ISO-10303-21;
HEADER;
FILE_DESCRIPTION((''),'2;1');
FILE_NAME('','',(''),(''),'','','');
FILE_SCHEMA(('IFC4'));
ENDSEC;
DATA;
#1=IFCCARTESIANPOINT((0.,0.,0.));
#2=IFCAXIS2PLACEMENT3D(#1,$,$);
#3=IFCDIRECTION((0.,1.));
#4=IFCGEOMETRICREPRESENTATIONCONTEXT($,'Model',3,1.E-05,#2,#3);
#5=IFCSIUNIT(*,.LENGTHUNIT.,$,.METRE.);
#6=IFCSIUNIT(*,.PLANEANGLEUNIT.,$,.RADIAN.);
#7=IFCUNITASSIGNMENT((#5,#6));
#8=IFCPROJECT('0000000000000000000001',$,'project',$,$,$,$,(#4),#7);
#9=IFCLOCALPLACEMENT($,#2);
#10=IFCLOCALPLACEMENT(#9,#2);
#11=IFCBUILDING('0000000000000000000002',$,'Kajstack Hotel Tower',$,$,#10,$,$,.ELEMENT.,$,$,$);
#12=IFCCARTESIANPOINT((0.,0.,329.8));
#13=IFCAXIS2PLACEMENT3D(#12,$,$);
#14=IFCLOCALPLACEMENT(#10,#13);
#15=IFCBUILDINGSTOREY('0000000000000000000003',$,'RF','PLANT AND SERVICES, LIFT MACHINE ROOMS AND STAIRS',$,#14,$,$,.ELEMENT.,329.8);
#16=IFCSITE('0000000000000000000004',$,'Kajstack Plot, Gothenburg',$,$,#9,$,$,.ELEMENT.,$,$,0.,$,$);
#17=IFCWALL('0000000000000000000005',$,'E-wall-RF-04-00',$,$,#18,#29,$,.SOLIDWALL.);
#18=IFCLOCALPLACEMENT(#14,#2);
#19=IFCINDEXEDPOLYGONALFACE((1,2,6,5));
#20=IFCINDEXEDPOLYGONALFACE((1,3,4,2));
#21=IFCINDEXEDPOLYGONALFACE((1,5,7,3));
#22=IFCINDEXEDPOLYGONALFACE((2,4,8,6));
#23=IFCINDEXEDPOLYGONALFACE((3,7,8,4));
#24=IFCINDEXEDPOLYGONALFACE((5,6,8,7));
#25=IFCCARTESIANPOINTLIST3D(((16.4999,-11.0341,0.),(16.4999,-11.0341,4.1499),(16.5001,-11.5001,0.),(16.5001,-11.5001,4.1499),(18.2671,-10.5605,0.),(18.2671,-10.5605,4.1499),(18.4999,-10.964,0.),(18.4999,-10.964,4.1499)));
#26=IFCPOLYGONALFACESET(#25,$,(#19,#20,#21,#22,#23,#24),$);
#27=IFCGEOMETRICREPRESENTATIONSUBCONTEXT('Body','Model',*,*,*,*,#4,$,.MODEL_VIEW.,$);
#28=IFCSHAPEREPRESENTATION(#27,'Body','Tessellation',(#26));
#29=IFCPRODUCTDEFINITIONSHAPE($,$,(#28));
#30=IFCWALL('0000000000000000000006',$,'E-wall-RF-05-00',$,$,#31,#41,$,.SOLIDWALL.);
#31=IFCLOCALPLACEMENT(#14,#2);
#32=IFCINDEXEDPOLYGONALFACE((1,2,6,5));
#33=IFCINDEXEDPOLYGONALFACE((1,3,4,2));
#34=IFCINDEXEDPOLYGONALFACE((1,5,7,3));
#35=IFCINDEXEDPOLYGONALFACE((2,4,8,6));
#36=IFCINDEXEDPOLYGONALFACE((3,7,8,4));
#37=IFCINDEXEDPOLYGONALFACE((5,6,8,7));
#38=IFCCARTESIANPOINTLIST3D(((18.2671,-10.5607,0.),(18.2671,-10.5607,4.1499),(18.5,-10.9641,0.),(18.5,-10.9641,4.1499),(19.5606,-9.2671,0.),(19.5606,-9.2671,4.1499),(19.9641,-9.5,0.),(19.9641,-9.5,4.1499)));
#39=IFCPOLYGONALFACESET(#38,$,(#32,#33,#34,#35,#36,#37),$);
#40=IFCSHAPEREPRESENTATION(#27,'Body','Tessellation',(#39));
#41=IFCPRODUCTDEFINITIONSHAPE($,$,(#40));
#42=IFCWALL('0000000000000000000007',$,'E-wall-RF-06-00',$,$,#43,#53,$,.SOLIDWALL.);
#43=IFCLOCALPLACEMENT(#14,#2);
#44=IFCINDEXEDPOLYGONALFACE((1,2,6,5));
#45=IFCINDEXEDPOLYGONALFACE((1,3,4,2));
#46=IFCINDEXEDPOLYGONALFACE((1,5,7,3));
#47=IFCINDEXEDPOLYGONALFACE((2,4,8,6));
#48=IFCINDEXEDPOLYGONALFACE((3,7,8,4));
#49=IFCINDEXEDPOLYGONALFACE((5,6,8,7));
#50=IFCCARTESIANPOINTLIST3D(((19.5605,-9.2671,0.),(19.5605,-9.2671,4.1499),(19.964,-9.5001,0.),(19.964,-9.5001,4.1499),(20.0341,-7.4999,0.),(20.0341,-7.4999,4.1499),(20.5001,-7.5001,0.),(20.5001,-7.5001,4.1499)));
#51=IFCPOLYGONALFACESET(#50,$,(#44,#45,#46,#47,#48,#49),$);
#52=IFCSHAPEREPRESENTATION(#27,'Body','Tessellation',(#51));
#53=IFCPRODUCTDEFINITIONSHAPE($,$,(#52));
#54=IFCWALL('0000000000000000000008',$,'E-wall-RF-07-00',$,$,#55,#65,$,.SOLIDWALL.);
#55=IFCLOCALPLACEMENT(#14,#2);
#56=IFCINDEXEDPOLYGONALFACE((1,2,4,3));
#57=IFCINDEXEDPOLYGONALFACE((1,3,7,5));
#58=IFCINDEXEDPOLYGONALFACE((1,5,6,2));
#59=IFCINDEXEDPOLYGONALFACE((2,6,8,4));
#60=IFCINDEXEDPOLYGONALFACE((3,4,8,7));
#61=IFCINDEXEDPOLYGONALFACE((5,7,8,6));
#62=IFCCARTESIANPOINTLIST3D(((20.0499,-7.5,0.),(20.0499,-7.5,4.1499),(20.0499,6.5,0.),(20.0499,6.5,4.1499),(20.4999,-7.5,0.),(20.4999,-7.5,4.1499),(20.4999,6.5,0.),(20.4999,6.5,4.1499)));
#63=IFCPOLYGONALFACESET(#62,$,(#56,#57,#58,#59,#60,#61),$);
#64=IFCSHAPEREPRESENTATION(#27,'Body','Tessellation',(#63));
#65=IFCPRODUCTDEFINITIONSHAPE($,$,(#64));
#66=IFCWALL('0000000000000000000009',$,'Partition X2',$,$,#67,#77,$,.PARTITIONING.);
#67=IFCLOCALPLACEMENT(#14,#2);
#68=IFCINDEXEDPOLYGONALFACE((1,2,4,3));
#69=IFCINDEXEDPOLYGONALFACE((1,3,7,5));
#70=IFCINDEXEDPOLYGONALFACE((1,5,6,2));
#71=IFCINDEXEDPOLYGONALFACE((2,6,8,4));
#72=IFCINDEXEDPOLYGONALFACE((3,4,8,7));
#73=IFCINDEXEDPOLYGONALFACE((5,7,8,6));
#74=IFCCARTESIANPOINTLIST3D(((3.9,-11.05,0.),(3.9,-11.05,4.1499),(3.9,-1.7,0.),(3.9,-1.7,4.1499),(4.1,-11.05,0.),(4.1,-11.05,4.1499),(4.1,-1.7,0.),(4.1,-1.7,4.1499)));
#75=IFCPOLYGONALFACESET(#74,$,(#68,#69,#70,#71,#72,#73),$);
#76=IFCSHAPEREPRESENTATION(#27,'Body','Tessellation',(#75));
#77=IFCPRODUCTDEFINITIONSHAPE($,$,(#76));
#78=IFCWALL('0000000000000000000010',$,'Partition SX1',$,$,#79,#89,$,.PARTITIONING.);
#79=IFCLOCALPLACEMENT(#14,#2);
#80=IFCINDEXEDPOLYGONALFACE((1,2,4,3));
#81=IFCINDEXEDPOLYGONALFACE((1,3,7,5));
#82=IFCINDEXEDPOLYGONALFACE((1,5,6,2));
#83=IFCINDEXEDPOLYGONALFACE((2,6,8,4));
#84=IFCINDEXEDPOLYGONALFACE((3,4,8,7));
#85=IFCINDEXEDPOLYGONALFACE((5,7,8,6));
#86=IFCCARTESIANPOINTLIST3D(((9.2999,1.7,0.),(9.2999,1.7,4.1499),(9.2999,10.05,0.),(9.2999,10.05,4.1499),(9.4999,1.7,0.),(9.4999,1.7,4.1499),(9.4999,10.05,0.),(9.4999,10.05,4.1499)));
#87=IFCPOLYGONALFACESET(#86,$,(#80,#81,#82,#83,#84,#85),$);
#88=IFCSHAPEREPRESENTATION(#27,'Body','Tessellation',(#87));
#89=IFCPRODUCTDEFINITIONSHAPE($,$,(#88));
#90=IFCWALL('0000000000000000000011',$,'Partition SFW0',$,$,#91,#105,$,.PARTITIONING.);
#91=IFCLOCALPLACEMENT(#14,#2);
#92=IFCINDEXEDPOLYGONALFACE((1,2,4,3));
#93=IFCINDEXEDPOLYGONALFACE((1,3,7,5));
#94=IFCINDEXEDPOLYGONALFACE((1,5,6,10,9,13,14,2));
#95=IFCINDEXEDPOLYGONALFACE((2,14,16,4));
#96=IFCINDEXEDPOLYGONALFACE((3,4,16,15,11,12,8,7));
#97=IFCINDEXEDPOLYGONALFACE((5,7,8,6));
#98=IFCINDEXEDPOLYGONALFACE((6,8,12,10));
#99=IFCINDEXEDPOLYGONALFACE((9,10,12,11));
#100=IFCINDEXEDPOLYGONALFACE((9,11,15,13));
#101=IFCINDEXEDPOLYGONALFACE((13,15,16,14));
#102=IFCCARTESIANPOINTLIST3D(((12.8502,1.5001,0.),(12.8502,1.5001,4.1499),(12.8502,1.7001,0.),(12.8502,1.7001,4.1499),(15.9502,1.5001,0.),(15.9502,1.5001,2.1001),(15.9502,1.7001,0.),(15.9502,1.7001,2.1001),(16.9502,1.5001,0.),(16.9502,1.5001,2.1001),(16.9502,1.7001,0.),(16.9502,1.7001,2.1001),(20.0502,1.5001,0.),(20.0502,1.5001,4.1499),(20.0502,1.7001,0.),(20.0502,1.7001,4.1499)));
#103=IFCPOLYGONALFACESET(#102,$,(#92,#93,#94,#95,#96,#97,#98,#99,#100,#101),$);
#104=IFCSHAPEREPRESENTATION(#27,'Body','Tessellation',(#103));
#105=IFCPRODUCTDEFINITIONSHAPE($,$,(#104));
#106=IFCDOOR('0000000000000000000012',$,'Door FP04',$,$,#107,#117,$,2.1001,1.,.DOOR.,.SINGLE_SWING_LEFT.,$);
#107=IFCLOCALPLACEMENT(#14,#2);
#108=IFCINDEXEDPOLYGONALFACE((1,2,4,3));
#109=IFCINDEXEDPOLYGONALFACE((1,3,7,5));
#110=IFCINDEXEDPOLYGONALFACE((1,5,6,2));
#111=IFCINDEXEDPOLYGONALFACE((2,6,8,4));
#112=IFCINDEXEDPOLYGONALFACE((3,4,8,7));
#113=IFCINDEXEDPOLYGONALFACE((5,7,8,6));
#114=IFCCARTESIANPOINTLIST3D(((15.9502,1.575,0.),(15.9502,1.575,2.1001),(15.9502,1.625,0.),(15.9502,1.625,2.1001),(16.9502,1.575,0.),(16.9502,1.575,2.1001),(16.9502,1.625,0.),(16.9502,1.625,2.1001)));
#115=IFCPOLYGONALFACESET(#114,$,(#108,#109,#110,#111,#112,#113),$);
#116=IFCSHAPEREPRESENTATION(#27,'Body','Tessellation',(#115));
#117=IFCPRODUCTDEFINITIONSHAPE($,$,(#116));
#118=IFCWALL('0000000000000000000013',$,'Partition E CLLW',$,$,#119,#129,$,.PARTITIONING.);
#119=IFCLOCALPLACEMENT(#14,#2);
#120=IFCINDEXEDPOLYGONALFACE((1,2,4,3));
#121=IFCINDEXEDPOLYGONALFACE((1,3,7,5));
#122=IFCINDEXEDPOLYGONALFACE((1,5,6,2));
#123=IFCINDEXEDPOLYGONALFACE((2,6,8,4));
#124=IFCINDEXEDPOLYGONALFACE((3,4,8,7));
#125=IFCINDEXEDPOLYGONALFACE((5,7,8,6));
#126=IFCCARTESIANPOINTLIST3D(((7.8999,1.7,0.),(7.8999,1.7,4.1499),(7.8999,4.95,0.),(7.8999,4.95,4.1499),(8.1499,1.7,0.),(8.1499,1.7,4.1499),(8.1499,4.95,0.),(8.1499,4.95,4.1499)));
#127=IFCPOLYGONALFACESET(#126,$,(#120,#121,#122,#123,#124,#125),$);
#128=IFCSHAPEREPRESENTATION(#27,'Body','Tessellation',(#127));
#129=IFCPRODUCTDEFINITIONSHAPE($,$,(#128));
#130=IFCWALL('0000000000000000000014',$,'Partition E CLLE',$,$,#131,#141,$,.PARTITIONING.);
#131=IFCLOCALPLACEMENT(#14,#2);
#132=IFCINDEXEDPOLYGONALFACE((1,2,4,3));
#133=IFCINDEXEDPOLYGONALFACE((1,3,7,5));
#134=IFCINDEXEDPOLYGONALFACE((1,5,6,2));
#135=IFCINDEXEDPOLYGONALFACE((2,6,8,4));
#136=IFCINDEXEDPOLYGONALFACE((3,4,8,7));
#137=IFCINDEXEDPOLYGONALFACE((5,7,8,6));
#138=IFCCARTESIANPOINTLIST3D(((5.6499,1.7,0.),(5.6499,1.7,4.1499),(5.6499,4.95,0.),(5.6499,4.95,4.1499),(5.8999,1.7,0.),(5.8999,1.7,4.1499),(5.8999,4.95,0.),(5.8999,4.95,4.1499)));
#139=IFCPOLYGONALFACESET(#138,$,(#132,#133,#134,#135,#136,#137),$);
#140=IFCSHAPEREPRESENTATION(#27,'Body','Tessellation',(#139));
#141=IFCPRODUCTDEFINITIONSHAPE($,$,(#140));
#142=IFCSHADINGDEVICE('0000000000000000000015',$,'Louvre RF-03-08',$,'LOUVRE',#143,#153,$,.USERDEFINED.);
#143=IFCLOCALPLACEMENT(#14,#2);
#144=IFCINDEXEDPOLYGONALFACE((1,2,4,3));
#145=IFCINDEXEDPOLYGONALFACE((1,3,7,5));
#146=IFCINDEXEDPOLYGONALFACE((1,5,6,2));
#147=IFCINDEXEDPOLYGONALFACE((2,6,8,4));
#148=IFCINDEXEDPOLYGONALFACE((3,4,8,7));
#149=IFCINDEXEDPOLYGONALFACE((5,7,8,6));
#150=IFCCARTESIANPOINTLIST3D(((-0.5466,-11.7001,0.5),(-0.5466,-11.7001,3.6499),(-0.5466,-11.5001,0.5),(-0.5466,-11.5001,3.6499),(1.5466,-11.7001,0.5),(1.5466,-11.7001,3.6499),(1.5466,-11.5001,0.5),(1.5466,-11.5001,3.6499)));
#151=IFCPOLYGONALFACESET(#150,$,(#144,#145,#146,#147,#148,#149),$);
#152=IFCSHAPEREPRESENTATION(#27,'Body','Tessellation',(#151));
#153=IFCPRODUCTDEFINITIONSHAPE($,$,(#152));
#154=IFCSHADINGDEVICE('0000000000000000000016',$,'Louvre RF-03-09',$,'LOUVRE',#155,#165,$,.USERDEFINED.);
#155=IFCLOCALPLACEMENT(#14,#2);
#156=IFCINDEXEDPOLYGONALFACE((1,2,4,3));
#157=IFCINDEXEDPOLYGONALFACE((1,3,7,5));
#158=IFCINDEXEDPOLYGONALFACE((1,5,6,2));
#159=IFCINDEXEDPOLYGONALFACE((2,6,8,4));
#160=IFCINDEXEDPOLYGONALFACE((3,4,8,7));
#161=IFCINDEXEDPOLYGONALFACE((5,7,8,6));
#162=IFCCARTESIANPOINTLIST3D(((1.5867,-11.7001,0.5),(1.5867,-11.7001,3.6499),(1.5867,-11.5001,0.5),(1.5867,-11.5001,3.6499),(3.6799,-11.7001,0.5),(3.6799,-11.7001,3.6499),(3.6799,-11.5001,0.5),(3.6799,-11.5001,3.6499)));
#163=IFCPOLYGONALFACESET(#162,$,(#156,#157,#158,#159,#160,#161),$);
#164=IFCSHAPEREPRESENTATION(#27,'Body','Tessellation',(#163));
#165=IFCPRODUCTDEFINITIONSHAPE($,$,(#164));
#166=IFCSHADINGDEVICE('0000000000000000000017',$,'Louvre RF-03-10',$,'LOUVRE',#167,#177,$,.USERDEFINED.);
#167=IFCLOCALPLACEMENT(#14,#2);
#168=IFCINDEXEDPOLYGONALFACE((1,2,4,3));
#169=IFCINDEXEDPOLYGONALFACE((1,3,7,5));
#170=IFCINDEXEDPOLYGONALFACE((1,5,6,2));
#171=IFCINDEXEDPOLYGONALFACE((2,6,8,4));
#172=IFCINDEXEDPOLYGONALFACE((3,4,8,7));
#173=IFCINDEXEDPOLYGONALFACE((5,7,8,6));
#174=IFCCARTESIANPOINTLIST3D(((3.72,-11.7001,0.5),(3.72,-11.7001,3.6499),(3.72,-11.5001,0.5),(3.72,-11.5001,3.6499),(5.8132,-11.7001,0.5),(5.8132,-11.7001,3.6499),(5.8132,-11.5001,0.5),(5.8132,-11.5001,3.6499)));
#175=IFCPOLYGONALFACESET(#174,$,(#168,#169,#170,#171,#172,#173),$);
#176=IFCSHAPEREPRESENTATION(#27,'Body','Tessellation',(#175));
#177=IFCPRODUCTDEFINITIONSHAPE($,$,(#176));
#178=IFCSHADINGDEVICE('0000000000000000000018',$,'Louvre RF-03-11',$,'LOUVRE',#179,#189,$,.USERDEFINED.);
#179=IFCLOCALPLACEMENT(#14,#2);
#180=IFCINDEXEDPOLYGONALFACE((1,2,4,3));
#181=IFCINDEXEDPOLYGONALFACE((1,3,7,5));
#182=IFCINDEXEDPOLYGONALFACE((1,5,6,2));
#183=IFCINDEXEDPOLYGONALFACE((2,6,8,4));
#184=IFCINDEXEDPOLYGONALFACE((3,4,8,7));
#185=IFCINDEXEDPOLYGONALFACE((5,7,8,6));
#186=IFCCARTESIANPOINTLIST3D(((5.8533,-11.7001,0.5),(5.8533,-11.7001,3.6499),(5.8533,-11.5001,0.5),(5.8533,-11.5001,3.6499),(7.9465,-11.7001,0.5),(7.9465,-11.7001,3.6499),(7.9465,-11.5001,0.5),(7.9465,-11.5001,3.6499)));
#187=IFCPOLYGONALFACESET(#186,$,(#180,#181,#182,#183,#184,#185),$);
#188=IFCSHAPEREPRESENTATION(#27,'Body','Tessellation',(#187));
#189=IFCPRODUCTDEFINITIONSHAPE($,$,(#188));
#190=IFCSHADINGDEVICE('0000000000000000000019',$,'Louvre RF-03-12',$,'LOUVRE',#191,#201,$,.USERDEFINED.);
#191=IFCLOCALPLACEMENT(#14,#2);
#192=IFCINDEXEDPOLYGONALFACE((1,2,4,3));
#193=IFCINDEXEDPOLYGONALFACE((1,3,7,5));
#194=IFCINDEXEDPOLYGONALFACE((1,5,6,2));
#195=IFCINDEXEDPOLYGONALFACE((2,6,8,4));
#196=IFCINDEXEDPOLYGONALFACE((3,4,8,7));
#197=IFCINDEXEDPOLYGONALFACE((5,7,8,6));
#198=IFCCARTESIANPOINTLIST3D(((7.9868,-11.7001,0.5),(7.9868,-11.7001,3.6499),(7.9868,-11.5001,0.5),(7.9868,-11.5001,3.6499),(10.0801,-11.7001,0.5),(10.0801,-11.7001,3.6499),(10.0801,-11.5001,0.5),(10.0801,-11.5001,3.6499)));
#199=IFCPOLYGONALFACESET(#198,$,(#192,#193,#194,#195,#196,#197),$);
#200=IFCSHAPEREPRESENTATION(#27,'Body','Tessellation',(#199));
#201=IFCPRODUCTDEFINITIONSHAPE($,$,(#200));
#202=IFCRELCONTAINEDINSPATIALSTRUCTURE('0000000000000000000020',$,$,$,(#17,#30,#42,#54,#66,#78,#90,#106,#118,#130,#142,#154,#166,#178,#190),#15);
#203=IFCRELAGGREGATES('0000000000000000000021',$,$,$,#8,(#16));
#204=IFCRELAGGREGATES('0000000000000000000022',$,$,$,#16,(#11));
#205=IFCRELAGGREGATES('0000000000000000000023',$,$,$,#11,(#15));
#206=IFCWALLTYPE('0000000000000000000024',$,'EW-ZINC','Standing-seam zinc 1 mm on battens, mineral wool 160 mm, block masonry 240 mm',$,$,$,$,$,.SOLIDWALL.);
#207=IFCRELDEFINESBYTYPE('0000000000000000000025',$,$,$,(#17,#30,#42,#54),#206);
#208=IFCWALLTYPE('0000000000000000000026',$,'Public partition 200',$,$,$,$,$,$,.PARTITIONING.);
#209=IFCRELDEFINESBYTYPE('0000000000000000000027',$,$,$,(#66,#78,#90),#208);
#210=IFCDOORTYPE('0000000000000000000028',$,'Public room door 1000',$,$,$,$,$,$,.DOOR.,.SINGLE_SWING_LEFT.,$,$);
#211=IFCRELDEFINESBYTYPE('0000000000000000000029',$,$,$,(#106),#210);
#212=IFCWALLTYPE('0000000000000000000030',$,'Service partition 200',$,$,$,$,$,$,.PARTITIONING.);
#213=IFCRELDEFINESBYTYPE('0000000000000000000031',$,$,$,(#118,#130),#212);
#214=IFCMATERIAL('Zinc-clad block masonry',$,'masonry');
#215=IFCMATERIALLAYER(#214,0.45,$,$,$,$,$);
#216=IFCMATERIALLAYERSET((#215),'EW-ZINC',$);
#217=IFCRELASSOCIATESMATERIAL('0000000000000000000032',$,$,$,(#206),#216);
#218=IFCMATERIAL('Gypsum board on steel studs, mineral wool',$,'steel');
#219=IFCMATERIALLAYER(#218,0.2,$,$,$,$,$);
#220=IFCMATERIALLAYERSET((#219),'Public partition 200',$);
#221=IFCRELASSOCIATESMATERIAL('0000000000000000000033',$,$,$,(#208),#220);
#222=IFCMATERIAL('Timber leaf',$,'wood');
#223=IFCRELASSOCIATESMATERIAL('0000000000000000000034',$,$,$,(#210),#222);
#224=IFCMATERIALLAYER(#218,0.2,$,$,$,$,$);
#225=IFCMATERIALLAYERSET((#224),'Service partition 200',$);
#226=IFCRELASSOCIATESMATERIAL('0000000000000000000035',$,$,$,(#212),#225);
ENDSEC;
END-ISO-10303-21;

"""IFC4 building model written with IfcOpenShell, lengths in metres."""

from ifc_helpers import new_model, si_unit, direction, frame, frame_2d, origin, origin_2d, place, context, subcontext, project, spatial, polyline, rectangle, outline, extrude, material, layer, layer_set, type_object, element, fill, save


model = new_model("IFC4")

# Units and contexts
model_context = context("Model", 3, precision=1e-05, world=origin(), true_north=direction((0.0, 1.0)))
body_context = subcontext(model_context, "Body", "Model", "MODEL_VIEW")
ifc_project = project(units=[si_unit("LENGTHUNIT", "METRE"), si_unit("PLANEANGLEUNIT", "RADIAN")], contexts=[model_context])

# Site, building, storey
site_placement = place(None, origin())
site = spatial("IfcSite", under=ifc_project, at=site_placement, Name="Kajstack Plot, Gothenburg", CompositionType="ELEMENT", RefElevation=0.0)
building_placement = place(site_placement, origin())
building = spatial("IfcBuilding", under=site, at=building_placement, Name="Kajstack Hotel Tower", CompositionType="ELEMENT")
storey_placement = place(building_placement, frame((0.0, 0.0, 329.8)))
storey = spatial("IfcBuildingStorey", under=building, at=storey_placement, Name="RF", Description="PLANT AND SERVICES, LIFT MACHINE ROOMS AND STAIRS", CompositionType="ELEMENT", Elevation=329.8)

# Walls
ifc_material_1 = material(Name="Zinc-clad block masonry", Category="masonry")
ifc_layer_1 = layer(ifc_material_1, 0.45)
ifc_layer_set_1 = layer_set([ifc_layer_1], Name="EW-ZINC")
wall_type_1 = type_object("IfcWallType", Name="EW-ZINC", Description="Standing-seam zinc 1 mm on battens, mineral wool 160 mm, block masonry 240 mm", PredefinedType="SOLIDWALL", material=ifc_layer_set_1)
wall_1_placement = place(storey_placement, frame((16.4417, -11.2827, 0.0), z_axis=(0.0, 0.0, 1.0), x_axis=(0.965927, 0.258815, 0.0)))
element("IfcWall", 1, at=wall_1_placement, inside=storey, type_object=wall_type_1, Name="E-wall-RF-04-00", PredefinedType="SOLIDWALL", context=body_context, shape_type="SweptSolid", body=[
    extrude(outline(polyline([(0.0002, -0.2251), (2.0706, -0.2249), (1.9502, 0.2251), (0.1206, 0.2251), (0.0002, -0.2251)])), origin(), (0.0, 0.0, 1.0), 4.1499),
])
wall_2_placement = place(storey_placement, frame((18.3408, -10.8049, 0.0), z_axis=(0.0, 0.0, 1.0), x_axis=(0.707107, 0.707107, 0.0)))
element("IfcWall", 2, at=wall_2_placement, inside=storey, type_object=wall_type_1, Name="E-wall-RF-05-00", PredefinedType="SOLIDWALL", context=body_context, shape_type="SweptSolid", body=[
    extrude(outline(polyline([(0.0, -0.2251), (2.0706, -0.2251), (1.95, 0.2249), (0.1206, 0.2249), (0.0, -0.2251)])), origin(), (0.0, 0.0, 1.0), 4.1499),
])
wall_3_placement = place(storey_placement, frame((19.7468, -9.4417, 0.0), z_axis=(0.0, 0.0, 1.0), x_axis=(0.258815, 0.965927, 0.0)))
element("IfcWall", 3, at=wall_3_placement, inside=storey, type_object=wall_type_1, Name="E-wall-RF-06-00", PredefinedType="SOLIDWALL", context=body_context, shape_type="SweptSolid", body=[
    extrude(outline(polyline([(-0.0002, -0.2249), (2.0703, -0.2251), (1.95, 0.2251), (0.1204, 0.2251), (-0.0002, -0.2249)])), origin(), (0.0, 0.0, 1.0), 4.1499),
])
wall_4_placement = place(storey_placement, frame((20.2749, -7.5, 0.0), z_axis=(0.0, 0.0, 1.0), x_axis=(0.0, 1.0, 0.0)))
element("IfcWall", 4, at=wall_4_placement, inside=storey, type_object=wall_type_1, Name="E-wall-RF-07-00", PredefinedType="SOLIDWALL", context=body_context, shape_type="SweptSolid", body=[
    extrude(rectangle(XDim=14.0, YDim=0.45, at=frame_2d((7.0, 0.0))), origin(), (0.0, 0.0, 1.0), 4.1499),
])
ifc_material_2 = material(Name="Gypsum board on steel studs, mineral wool", Category="steel")
ifc_layer_2 = layer(ifc_material_2, 0.2)
ifc_layer_set_2 = layer_set([ifc_layer_2], Name="Public partition 200")
wall_type_2 = type_object("IfcWallType", Name="Public partition 200", PredefinedType="PARTITIONING", material=ifc_layer_set_2)
wall_5_placement = place(storey_placement, frame((4.0, -11.05, 0.0), z_axis=(0.0, 0.0, 1.0), x_axis=(0.0, 1.0, 0.0)))
element("IfcWall", 5, at=wall_5_placement, inside=storey, type_object=wall_type_2, Name="Partition X2", PredefinedType="PARTITIONING", context=body_context, shape_type="SweptSolid", body=[
    extrude(rectangle(XDim=9.3501, YDim=0.2, at=frame_2d((4.675, 0.0))), origin(), (0.0, 0.0, 1.0), 4.1499),
])
wall_6_placement = place(storey_placement, frame((9.3999, 1.7, 0.0), z_axis=(0.0, 0.0, 1.0), x_axis=(0.0, 1.0, 0.0)))
element("IfcWall", 6, at=wall_6_placement, inside=storey, type_object=wall_type_2, Name="Partition SX1", PredefinedType="PARTITIONING", context=body_context, shape_type="SweptSolid", body=[
    extrude(rectangle(XDim=8.3501, YDim=0.2, at=frame_2d((4.175, 0.0))), origin(), (0.0, 0.0, 1.0), 4.1499),
])

# Wall, opening, door
wall_7_placement = place(storey_placement, frame((12.8501, 1.6001, 0.0), z_axis=(0.0, 0.0, 1.0), x_axis=(1.0, 0.0, 0.0)))
wall_7 = element("IfcWall", 7, at=wall_7_placement, inside=storey, type_object=wall_type_2, Name="Partition SFW0", PredefinedType="PARTITIONING", context=body_context, shape_type="SweptSolid", body=[
    extrude(rectangle(XDim=7.2, YDim=0.2, at=frame_2d((3.6001, 0.0))), origin(), (0.0, 0.0, 1.0), 4.1499),
])
opening_placement = place(wall_7_placement, frame((3.1001, 0.0, 0.0)))
opening = element("IfcOpeningElement", 8, at=opening_placement, cuts=wall_7, PredefinedType="OPENING", context=body_context, shape_type="SweptSolid", body=[
    extrude(rectangle(XDim=1.0, YDim=2.1001, at=frame_2d((0.5, 1.05))), frame((0.0, 0.1099, 0.0), z_axis=(0.0, -1.0, 0.0), x_axis=(1.0, 0.0, 0.0)), (0.0, 0.0, 1.0), 0.22),
])
ifc_material_3 = material(Name="Timber leaf", Category="wood")
door_type = type_object("IfcDoorType", Name="Public room door 1000", OperationType="SINGLE_SWING_LEFT", PredefinedType="DOOR", material=ifc_material_3)
door_placement = place(opening_placement, origin())
door = element("IfcDoor", 9, at=door_placement, inside=storey, type_object=door_type, Name="Door FP04", OperationType="SINGLE_SWING_LEFT", OverallHeight=2.1001, OverallWidth=1.0, PredefinedType="DOOR", context=body_context, shape_type="SweptSolid", body=[
    extrude(rectangle(XDim=1.0, YDim=2.1001, at=frame_2d((0.5, 1.05))), frame((0.0, 0.0249, 0.0), z_axis=(0.0, -1.0, 0.0), x_axis=(1.0, 0.0, 0.0)), (0.0, 0.0, 1.0), 0.05),
])
fill(opening, door)

# Walls
ifc_layer_3 = layer(ifc_material_2, 0.2)
ifc_layer_set_3 = layer_set([ifc_layer_3], Name="Service partition 200")
wall_type_3 = type_object("IfcWallType", Name="Service partition 200", PredefinedType="PARTITIONING", material=ifc_layer_set_3)
for number, where, z_axis, x_axis, name in (
    (10, (8.0249, 1.7, 0.0), (0.0, 0.0, 1.0), (0.0, 1.0, 0.0), "Partition E CLLW"),
    (11, (5.7749, 1.7, 0.0), (0.0, 0.0, 1.0), (0.0, 1.0, 0.0), "Partition E CLLE"),
):
    element("IfcWall", number, at=place(storey_placement, frame(where, z_axis=z_axis, x_axis=x_axis)), inside=storey, type_object=wall_type_3, Name=name, PredefinedType="PARTITIONING", context=body_context, shape_type="SweptSolid", body=[
        extrude(rectangle(XDim=3.25, YDim=0.25, at=frame_2d((1.625, 0.0))), origin(), (0.0, 0.0, 1.0), 4.1499),
    ])

# Shading devices
for number, where, z_axis, x_axis, name in (
    (12, (0.5, -11.6001, 0.5), (0.0, 0.0, 1.0), (1.0, 0.0, 0.0), "Louvre RF-03-08"),
    (13, (2.6333, -11.6001, 0.5), (0.0, 0.0, 1.0), (1.0, 0.0, 0.0), "Louvre RF-03-09"),
    (14, (4.7666, -11.6001, 0.5), (0.0, 0.0, 1.0), (1.0, 0.0, 0.0), "Louvre RF-03-10"),
    (15, (6.8999, -11.6001, 0.5), (0.0, 0.0, 1.0), (1.0, 0.0, 0.0), "Louvre RF-03-11"),
    (16, (9.0334, -11.6001, 0.5), (0.0, 0.0, 1.0), (1.0, 0.0, 0.0), "Louvre RF-03-12"),
):
    element("IfcShadingDevice", number, at=place(storey_placement, frame(where, z_axis=z_axis, x_axis=x_axis)), inside=storey, Name=name, ObjectType="LOUVRE", PredefinedType="USERDEFINED", context=body_context, shape_type="SweptSolid", body=[
        extrude(rectangle(XDim=2.0933, YDim=0.2, at=origin_2d()), origin(), (0.0, 0.0, 1.0), 3.1499),
    ])

save(model, "model.ifc")
